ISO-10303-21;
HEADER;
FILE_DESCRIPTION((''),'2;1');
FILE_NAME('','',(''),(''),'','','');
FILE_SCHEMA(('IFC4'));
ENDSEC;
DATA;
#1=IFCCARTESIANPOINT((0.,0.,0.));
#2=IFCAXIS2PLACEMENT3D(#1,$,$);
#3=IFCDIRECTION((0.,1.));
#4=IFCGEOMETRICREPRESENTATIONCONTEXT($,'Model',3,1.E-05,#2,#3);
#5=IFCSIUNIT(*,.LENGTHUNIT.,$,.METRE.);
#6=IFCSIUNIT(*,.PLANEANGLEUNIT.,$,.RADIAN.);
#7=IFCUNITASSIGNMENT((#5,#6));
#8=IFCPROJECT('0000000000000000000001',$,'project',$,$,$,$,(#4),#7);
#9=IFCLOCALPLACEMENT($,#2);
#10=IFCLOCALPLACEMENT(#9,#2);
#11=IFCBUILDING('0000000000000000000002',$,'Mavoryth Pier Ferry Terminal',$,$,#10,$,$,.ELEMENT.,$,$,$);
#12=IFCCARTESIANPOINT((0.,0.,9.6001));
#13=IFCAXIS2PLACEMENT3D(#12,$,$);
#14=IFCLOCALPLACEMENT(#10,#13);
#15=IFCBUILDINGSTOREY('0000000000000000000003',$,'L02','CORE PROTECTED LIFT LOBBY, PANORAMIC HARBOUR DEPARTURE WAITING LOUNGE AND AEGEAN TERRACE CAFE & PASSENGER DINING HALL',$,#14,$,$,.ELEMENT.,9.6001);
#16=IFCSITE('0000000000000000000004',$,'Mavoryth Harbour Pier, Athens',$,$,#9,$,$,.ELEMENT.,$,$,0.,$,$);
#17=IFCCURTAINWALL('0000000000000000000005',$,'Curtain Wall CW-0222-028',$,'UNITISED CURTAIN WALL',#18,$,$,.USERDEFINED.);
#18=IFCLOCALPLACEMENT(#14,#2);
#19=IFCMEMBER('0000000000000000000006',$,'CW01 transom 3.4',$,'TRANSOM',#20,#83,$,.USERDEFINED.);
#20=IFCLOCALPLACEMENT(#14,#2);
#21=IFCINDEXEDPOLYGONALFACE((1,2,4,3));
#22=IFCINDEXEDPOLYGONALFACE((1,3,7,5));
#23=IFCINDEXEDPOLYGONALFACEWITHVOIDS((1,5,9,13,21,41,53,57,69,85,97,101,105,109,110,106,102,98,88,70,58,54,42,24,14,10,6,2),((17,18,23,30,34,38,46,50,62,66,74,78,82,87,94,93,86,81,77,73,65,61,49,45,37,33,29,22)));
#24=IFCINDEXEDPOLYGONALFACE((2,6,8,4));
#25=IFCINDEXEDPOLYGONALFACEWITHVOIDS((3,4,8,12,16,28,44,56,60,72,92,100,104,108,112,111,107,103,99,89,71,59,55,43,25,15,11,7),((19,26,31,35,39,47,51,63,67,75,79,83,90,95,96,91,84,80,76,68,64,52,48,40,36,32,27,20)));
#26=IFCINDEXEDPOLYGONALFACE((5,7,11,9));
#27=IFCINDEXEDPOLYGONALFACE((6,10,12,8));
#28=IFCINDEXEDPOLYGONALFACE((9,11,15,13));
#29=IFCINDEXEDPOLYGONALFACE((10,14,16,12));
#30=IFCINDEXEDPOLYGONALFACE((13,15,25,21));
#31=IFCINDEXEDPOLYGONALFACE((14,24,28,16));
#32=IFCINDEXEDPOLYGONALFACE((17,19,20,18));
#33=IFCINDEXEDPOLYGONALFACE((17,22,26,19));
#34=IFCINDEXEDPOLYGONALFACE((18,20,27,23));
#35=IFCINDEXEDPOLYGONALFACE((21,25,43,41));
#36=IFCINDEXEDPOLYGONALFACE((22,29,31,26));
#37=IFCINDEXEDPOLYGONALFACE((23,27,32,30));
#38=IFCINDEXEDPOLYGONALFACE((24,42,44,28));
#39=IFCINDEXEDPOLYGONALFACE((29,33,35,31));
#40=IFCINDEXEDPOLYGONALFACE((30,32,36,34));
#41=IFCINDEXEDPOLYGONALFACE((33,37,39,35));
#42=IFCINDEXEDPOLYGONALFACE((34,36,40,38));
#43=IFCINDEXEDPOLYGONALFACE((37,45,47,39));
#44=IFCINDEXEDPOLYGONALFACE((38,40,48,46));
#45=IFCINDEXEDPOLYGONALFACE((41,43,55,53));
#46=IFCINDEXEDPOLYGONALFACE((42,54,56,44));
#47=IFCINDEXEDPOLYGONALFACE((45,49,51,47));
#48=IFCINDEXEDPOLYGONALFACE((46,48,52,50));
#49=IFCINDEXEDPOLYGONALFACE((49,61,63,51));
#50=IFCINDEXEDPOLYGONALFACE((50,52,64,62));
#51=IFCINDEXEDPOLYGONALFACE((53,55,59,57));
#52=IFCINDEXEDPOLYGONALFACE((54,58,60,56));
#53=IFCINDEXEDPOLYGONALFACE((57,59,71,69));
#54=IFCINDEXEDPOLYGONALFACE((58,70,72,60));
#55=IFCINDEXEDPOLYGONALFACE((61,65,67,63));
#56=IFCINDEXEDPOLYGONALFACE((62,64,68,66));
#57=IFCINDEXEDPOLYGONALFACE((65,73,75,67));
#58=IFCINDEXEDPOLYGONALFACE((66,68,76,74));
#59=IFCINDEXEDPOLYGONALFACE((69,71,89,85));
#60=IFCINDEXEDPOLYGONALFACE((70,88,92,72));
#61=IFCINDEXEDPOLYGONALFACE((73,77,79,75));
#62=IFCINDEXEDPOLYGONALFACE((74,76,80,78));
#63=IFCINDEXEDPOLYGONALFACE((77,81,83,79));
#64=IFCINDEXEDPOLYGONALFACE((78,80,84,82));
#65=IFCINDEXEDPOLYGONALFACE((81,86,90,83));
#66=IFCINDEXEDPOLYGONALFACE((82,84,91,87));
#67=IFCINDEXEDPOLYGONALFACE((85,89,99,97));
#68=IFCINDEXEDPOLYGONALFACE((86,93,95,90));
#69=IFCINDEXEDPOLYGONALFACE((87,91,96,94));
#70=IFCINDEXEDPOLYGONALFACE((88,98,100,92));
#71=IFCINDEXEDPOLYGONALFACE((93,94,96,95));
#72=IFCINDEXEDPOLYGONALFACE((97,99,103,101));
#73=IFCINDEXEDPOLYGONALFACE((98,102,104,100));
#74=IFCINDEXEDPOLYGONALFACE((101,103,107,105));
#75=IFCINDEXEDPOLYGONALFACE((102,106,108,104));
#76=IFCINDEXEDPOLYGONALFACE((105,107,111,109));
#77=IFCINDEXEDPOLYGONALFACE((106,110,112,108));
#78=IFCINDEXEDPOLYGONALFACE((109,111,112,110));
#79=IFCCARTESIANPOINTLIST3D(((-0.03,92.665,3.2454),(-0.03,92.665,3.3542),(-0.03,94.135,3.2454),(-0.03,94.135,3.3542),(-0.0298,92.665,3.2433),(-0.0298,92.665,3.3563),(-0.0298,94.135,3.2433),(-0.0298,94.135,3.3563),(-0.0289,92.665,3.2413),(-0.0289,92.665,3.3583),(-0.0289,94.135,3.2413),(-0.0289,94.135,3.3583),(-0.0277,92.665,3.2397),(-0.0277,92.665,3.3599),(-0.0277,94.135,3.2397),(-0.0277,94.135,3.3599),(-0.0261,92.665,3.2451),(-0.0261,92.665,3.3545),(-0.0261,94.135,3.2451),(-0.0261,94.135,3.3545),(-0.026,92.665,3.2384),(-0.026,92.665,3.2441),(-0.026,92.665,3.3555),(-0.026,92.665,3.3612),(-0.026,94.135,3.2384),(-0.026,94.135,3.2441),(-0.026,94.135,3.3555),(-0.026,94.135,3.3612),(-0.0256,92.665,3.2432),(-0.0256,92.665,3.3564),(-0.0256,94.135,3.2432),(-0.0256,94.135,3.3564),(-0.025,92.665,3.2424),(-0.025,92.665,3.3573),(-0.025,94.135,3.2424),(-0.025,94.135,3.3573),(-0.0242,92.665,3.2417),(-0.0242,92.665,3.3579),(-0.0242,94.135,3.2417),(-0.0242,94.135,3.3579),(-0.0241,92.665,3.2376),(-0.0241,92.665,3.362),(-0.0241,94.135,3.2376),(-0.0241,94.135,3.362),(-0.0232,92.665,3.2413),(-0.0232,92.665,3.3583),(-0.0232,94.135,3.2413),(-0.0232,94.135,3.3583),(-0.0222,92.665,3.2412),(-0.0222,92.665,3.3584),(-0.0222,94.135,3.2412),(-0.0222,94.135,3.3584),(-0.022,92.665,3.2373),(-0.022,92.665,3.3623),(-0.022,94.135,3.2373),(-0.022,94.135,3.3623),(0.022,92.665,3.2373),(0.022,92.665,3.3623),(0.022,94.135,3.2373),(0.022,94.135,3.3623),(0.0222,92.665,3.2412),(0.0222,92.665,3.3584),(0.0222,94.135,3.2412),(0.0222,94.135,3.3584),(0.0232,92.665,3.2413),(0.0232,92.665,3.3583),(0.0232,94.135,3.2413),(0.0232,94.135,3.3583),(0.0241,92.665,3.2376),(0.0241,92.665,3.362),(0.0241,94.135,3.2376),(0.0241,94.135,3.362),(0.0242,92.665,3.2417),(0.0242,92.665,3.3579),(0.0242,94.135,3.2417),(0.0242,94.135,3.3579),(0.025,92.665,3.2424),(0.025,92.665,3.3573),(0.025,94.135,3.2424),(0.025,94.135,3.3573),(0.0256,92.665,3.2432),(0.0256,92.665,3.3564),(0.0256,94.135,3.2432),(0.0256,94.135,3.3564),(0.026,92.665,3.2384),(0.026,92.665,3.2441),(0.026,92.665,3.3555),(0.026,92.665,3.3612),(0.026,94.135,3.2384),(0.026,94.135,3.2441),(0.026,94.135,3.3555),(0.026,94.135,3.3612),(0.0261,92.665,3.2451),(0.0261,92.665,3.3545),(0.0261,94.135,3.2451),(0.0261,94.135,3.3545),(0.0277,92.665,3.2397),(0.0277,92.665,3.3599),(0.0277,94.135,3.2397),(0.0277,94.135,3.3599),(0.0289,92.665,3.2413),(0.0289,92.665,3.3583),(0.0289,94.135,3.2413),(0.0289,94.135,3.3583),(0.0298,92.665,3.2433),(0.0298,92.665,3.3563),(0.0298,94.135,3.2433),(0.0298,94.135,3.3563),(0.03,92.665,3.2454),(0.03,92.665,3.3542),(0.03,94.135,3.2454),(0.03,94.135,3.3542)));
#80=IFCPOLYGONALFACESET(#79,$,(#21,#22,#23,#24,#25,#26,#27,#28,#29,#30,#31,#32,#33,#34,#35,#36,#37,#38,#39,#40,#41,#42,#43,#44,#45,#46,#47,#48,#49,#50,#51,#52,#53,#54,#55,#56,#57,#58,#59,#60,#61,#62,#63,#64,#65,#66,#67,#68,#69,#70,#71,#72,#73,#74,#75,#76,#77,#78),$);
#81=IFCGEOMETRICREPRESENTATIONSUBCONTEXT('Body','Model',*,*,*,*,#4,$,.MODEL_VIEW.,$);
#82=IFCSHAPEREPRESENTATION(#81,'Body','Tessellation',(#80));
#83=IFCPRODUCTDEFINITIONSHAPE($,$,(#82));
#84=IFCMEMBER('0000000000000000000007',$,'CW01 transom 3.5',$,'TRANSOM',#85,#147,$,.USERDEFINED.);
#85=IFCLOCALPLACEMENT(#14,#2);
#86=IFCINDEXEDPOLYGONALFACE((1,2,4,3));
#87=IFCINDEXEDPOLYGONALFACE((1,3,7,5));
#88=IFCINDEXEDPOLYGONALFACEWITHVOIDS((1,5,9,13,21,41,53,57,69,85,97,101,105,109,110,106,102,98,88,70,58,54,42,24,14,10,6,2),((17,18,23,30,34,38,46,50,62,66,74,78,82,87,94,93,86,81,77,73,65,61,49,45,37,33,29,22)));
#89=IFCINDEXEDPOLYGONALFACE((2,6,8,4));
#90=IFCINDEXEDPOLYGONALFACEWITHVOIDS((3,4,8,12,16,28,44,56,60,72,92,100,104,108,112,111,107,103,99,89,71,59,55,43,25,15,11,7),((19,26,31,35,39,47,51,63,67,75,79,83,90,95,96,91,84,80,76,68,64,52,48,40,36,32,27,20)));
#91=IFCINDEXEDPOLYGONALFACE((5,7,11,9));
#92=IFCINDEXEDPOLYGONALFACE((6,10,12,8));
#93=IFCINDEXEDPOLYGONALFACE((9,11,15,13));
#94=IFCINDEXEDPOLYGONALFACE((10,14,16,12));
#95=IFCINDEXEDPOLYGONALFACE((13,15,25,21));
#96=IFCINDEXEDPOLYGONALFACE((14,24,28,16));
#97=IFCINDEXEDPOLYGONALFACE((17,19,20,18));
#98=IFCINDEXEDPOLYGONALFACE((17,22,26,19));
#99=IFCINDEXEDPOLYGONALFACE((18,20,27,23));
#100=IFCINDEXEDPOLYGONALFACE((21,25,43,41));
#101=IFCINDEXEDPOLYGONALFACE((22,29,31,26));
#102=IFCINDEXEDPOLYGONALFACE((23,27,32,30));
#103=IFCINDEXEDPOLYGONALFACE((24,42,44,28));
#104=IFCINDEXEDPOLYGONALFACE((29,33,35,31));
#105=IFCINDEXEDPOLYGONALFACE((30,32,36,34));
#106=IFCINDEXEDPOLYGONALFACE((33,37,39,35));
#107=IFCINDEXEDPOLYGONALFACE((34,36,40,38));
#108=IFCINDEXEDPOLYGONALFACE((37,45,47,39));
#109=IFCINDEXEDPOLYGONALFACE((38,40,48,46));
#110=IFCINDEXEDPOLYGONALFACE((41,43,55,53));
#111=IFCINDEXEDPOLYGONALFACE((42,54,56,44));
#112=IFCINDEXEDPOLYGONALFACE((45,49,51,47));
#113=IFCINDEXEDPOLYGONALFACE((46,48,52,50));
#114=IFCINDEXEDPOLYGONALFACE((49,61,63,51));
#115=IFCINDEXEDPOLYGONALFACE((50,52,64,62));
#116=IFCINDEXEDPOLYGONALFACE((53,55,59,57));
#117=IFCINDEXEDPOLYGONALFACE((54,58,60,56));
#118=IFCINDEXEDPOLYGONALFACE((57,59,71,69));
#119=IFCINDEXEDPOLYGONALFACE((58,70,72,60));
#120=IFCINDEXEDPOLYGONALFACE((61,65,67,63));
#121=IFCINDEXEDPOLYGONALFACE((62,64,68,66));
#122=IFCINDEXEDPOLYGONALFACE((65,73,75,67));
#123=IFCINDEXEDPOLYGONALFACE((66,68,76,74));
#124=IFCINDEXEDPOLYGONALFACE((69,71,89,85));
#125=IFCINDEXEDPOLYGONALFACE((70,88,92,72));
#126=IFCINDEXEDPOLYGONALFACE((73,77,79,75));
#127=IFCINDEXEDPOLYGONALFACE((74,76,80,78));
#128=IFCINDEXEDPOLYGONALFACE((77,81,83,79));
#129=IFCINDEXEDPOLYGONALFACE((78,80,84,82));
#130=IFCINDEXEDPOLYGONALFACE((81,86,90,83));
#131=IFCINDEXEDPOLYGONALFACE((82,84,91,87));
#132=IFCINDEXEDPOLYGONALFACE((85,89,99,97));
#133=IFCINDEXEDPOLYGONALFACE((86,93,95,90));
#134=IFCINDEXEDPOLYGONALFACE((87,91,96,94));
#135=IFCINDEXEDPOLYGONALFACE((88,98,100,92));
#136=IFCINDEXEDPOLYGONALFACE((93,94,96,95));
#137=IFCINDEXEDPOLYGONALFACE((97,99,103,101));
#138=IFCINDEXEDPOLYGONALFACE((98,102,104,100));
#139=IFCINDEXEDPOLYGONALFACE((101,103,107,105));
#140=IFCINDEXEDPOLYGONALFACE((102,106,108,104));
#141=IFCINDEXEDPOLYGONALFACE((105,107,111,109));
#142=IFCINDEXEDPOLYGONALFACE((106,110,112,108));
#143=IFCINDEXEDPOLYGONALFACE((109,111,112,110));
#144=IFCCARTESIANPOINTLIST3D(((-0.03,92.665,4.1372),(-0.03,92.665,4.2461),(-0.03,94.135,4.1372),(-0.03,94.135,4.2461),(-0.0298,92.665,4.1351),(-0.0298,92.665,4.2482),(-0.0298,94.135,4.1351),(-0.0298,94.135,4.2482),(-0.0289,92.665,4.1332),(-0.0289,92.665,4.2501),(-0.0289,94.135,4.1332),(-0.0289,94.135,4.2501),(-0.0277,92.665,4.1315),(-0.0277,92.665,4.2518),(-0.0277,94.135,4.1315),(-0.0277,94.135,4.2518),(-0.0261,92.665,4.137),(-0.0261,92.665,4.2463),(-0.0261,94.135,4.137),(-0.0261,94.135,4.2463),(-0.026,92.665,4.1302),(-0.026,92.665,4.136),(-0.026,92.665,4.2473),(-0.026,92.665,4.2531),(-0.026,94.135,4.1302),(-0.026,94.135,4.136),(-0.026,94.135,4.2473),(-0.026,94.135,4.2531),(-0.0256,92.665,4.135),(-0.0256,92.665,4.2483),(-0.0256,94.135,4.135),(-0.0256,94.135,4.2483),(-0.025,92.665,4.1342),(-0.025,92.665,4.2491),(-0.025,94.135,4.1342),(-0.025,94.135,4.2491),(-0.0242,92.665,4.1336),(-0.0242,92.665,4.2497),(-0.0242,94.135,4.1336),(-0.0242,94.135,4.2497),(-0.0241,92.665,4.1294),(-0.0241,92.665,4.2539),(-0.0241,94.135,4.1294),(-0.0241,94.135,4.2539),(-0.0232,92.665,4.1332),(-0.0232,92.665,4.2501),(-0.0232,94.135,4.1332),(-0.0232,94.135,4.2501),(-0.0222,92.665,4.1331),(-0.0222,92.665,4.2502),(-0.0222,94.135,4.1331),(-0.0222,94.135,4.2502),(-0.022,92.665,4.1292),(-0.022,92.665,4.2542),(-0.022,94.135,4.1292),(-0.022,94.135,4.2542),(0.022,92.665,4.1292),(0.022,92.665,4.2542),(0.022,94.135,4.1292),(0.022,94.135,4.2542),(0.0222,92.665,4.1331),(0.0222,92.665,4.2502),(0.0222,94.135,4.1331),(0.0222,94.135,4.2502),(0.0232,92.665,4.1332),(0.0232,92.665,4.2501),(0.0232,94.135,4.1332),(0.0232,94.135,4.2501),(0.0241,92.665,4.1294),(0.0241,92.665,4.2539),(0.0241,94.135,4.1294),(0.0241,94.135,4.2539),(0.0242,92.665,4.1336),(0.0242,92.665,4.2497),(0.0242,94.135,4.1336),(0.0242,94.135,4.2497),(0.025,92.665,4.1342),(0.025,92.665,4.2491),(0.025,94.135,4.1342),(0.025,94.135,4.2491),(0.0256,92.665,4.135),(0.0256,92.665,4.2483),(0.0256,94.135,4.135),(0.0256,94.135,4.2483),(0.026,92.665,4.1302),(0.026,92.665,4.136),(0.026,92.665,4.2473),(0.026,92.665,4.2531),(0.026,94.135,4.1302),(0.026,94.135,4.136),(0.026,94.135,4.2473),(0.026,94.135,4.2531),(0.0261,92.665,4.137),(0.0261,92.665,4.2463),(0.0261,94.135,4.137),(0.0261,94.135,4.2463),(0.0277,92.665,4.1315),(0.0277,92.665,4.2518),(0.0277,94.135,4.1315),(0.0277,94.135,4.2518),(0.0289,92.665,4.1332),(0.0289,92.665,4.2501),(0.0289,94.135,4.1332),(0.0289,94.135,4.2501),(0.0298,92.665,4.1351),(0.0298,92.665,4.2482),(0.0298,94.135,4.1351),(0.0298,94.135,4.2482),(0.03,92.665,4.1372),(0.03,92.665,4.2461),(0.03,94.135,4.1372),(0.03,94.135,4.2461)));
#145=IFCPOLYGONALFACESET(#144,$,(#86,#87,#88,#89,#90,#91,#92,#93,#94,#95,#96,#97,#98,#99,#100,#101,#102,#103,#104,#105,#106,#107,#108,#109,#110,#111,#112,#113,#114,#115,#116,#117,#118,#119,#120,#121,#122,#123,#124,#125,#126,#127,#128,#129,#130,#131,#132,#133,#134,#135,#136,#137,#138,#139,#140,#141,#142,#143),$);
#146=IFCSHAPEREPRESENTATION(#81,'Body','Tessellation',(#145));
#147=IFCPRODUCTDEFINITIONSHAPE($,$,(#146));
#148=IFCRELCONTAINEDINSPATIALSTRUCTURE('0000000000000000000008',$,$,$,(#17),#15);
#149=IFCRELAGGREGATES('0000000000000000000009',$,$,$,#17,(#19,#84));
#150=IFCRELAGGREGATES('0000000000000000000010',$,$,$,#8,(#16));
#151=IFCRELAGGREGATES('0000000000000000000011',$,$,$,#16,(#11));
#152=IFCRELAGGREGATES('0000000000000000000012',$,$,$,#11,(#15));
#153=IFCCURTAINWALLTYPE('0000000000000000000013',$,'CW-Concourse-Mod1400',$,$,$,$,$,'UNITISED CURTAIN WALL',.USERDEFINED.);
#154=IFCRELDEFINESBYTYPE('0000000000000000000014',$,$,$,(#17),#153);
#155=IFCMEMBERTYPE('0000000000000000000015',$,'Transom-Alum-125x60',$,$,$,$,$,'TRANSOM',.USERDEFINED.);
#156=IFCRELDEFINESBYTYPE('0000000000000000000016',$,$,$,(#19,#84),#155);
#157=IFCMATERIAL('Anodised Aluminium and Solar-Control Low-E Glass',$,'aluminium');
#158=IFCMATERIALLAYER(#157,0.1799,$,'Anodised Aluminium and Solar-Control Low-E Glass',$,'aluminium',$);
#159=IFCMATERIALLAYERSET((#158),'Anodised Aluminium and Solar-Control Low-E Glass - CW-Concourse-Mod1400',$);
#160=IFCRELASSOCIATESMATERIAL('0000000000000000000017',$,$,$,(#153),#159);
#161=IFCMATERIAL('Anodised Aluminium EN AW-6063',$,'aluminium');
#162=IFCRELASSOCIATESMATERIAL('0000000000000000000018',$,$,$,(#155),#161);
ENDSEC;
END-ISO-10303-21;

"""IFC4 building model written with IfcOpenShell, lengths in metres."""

from ifc_helpers import new_model, si_unit, direction, frame, origin, origin_2d, place, context, subcontext, project, spatial, hollow_rectangle, extrude, material, layer, layer_set, material_profile, profile_set, type_object, element, aggregate, save


model = new_model("IFC4")

# Units and contexts
model_context = context("Model", 3, precision=1e-05, world=origin(), true_north=direction((0.0, 1.0)))
body_context = subcontext(model_context, "Body", "Model", "MODEL_VIEW")
ifc_project = project(units=[si_unit("LENGTHUNIT", "METRE"), si_unit("PLANEANGLEUNIT", "RADIAN")], contexts=[model_context])

# Site, building, storey
site_placement = place(None, origin())
site = spatial("IfcSite", under=ifc_project, at=site_placement, Name="Mavoryth Harbour Pier, Athens", CompositionType="ELEMENT", RefElevation=0.0)
building_placement = place(site_placement, origin())
building = spatial("IfcBuilding", under=site, at=building_placement, Name="Mavoryth Pier Ferry Terminal", CompositionType="ELEMENT")
storey_placement = place(building_placement, frame((0.0, 0.0, 9.6001)))
storey = spatial("IfcBuildingStorey", under=building, at=storey_placement, Name="L02", Description="CORE PROTECTED LIFT LOBBY, PANORAMIC HARBOUR DEPARTURE WAITING LOUNGE AND AEGEAN TERRACE CAFE & PASSENGER DINING HALL", CompositionType="ELEMENT", Elevation=9.6001)

# Shared definitions
ifc_material_1 = material(Name="Anodised Aluminium and Solar-Control Low-E Glass", Category="aluminium")
ifc_layer_1 = layer(ifc_material_1, 0.1799, Name="Anodised Aluminium and Solar-Control Low-E Glass", Category="aluminium")
ifc_layer_set_1 = layer_set([ifc_layer_1], Name="Anodised Aluminium and Solar-Control Low-E Glass - CW-Concourse-Mod1400")
curtain_wall_type = type_object("IfcCurtainWallType", Name="CW-Concourse-Mod1400", ElementType="UNITISED CURTAIN WALL", PredefinedType="USERDEFINED", material=ifc_layer_set_1)
ifc_material_2 = material(Name="Anodised Aluminium EN AW-6063", Category="aluminium")

# Curtain wall
curtain_wall_1_placement = place(storey_placement, origin())
curtain_wall_1 = element("IfcCurtainWall", 1, at=curtain_wall_1_placement, inside=storey, type_object=curtain_wall_type, Name="Curtain Wall CW-0222-028", ObjectType="UNITISED CURTAIN WALL", PredefinedType="USERDEFINED")

# Members
ifc_material_profile_1 = material_profile(ifc_material_2, hollow_rectangle(XDim=0.0601, YDim=0.125, WallThickness=0.0039, InnerFilletRadius=0.0039, OuterFilletRadius=0.0081, at=origin_2d()), Name="AL-TRAN 125x60x4", Category="aluminium")
ifc_profile_set_1 = profile_set([ifc_material_profile_1], Name="Anodised Aluminium EN AW-6063 - AL-TRAN 125x60x4")
member_type_1 = type_object("IfcMemberType", Name="Transom-Alum-125x60", ElementType="TRANSOM", PredefinedType="USERDEFINED", material=ifc_profile_set_1)
member_1_placement = place(storey_placement, frame((0.0, 94.135, 3.2998), z_axis=(0.0, -1.0, 0.0), x_axis=(1.0, 0.0, 0.0)))
member_1 = element("IfcMember", 2, at=member_1_placement, type_object=member_type_1, Name="CW01 transom 3.4", ObjectType="TRANSOM", PredefinedType="USERDEFINED", context=body_context, shape_type="SweptSolid", body=[
    extrude(hollow_rectangle(XDim=0.0601, YDim=0.125, WallThickness=0.0039, InnerFilletRadius=0.0039, OuterFilletRadius=0.0081, at=origin_2d()), origin(), (0.0, 0.0, 1.0), 1.47),
])
member_2_placement = place(storey_placement, frame((0.0, 94.135, 4.1917), z_axis=(0.0, -1.0, 0.0), x_axis=(1.0, 0.0, 0.0)))
member_2 = element("IfcMember", 3, at=member_2_placement, type_object=member_type_1, Name="CW01 transom 3.5", ObjectType="TRANSOM", PredefinedType="USERDEFINED", context=body_context, shape_type="SweptSolid", body=[
    extrude(hollow_rectangle(XDim=0.0601, YDim=0.125, WallThickness=0.0039, InnerFilletRadius=0.0039, OuterFilletRadius=0.0081, at=origin_2d()), origin(), (0.0, 0.0, 1.0), 1.47),
])

aggregate(curtain_wall_1, [member_1, member_2])

save(model, "model.ifc")
